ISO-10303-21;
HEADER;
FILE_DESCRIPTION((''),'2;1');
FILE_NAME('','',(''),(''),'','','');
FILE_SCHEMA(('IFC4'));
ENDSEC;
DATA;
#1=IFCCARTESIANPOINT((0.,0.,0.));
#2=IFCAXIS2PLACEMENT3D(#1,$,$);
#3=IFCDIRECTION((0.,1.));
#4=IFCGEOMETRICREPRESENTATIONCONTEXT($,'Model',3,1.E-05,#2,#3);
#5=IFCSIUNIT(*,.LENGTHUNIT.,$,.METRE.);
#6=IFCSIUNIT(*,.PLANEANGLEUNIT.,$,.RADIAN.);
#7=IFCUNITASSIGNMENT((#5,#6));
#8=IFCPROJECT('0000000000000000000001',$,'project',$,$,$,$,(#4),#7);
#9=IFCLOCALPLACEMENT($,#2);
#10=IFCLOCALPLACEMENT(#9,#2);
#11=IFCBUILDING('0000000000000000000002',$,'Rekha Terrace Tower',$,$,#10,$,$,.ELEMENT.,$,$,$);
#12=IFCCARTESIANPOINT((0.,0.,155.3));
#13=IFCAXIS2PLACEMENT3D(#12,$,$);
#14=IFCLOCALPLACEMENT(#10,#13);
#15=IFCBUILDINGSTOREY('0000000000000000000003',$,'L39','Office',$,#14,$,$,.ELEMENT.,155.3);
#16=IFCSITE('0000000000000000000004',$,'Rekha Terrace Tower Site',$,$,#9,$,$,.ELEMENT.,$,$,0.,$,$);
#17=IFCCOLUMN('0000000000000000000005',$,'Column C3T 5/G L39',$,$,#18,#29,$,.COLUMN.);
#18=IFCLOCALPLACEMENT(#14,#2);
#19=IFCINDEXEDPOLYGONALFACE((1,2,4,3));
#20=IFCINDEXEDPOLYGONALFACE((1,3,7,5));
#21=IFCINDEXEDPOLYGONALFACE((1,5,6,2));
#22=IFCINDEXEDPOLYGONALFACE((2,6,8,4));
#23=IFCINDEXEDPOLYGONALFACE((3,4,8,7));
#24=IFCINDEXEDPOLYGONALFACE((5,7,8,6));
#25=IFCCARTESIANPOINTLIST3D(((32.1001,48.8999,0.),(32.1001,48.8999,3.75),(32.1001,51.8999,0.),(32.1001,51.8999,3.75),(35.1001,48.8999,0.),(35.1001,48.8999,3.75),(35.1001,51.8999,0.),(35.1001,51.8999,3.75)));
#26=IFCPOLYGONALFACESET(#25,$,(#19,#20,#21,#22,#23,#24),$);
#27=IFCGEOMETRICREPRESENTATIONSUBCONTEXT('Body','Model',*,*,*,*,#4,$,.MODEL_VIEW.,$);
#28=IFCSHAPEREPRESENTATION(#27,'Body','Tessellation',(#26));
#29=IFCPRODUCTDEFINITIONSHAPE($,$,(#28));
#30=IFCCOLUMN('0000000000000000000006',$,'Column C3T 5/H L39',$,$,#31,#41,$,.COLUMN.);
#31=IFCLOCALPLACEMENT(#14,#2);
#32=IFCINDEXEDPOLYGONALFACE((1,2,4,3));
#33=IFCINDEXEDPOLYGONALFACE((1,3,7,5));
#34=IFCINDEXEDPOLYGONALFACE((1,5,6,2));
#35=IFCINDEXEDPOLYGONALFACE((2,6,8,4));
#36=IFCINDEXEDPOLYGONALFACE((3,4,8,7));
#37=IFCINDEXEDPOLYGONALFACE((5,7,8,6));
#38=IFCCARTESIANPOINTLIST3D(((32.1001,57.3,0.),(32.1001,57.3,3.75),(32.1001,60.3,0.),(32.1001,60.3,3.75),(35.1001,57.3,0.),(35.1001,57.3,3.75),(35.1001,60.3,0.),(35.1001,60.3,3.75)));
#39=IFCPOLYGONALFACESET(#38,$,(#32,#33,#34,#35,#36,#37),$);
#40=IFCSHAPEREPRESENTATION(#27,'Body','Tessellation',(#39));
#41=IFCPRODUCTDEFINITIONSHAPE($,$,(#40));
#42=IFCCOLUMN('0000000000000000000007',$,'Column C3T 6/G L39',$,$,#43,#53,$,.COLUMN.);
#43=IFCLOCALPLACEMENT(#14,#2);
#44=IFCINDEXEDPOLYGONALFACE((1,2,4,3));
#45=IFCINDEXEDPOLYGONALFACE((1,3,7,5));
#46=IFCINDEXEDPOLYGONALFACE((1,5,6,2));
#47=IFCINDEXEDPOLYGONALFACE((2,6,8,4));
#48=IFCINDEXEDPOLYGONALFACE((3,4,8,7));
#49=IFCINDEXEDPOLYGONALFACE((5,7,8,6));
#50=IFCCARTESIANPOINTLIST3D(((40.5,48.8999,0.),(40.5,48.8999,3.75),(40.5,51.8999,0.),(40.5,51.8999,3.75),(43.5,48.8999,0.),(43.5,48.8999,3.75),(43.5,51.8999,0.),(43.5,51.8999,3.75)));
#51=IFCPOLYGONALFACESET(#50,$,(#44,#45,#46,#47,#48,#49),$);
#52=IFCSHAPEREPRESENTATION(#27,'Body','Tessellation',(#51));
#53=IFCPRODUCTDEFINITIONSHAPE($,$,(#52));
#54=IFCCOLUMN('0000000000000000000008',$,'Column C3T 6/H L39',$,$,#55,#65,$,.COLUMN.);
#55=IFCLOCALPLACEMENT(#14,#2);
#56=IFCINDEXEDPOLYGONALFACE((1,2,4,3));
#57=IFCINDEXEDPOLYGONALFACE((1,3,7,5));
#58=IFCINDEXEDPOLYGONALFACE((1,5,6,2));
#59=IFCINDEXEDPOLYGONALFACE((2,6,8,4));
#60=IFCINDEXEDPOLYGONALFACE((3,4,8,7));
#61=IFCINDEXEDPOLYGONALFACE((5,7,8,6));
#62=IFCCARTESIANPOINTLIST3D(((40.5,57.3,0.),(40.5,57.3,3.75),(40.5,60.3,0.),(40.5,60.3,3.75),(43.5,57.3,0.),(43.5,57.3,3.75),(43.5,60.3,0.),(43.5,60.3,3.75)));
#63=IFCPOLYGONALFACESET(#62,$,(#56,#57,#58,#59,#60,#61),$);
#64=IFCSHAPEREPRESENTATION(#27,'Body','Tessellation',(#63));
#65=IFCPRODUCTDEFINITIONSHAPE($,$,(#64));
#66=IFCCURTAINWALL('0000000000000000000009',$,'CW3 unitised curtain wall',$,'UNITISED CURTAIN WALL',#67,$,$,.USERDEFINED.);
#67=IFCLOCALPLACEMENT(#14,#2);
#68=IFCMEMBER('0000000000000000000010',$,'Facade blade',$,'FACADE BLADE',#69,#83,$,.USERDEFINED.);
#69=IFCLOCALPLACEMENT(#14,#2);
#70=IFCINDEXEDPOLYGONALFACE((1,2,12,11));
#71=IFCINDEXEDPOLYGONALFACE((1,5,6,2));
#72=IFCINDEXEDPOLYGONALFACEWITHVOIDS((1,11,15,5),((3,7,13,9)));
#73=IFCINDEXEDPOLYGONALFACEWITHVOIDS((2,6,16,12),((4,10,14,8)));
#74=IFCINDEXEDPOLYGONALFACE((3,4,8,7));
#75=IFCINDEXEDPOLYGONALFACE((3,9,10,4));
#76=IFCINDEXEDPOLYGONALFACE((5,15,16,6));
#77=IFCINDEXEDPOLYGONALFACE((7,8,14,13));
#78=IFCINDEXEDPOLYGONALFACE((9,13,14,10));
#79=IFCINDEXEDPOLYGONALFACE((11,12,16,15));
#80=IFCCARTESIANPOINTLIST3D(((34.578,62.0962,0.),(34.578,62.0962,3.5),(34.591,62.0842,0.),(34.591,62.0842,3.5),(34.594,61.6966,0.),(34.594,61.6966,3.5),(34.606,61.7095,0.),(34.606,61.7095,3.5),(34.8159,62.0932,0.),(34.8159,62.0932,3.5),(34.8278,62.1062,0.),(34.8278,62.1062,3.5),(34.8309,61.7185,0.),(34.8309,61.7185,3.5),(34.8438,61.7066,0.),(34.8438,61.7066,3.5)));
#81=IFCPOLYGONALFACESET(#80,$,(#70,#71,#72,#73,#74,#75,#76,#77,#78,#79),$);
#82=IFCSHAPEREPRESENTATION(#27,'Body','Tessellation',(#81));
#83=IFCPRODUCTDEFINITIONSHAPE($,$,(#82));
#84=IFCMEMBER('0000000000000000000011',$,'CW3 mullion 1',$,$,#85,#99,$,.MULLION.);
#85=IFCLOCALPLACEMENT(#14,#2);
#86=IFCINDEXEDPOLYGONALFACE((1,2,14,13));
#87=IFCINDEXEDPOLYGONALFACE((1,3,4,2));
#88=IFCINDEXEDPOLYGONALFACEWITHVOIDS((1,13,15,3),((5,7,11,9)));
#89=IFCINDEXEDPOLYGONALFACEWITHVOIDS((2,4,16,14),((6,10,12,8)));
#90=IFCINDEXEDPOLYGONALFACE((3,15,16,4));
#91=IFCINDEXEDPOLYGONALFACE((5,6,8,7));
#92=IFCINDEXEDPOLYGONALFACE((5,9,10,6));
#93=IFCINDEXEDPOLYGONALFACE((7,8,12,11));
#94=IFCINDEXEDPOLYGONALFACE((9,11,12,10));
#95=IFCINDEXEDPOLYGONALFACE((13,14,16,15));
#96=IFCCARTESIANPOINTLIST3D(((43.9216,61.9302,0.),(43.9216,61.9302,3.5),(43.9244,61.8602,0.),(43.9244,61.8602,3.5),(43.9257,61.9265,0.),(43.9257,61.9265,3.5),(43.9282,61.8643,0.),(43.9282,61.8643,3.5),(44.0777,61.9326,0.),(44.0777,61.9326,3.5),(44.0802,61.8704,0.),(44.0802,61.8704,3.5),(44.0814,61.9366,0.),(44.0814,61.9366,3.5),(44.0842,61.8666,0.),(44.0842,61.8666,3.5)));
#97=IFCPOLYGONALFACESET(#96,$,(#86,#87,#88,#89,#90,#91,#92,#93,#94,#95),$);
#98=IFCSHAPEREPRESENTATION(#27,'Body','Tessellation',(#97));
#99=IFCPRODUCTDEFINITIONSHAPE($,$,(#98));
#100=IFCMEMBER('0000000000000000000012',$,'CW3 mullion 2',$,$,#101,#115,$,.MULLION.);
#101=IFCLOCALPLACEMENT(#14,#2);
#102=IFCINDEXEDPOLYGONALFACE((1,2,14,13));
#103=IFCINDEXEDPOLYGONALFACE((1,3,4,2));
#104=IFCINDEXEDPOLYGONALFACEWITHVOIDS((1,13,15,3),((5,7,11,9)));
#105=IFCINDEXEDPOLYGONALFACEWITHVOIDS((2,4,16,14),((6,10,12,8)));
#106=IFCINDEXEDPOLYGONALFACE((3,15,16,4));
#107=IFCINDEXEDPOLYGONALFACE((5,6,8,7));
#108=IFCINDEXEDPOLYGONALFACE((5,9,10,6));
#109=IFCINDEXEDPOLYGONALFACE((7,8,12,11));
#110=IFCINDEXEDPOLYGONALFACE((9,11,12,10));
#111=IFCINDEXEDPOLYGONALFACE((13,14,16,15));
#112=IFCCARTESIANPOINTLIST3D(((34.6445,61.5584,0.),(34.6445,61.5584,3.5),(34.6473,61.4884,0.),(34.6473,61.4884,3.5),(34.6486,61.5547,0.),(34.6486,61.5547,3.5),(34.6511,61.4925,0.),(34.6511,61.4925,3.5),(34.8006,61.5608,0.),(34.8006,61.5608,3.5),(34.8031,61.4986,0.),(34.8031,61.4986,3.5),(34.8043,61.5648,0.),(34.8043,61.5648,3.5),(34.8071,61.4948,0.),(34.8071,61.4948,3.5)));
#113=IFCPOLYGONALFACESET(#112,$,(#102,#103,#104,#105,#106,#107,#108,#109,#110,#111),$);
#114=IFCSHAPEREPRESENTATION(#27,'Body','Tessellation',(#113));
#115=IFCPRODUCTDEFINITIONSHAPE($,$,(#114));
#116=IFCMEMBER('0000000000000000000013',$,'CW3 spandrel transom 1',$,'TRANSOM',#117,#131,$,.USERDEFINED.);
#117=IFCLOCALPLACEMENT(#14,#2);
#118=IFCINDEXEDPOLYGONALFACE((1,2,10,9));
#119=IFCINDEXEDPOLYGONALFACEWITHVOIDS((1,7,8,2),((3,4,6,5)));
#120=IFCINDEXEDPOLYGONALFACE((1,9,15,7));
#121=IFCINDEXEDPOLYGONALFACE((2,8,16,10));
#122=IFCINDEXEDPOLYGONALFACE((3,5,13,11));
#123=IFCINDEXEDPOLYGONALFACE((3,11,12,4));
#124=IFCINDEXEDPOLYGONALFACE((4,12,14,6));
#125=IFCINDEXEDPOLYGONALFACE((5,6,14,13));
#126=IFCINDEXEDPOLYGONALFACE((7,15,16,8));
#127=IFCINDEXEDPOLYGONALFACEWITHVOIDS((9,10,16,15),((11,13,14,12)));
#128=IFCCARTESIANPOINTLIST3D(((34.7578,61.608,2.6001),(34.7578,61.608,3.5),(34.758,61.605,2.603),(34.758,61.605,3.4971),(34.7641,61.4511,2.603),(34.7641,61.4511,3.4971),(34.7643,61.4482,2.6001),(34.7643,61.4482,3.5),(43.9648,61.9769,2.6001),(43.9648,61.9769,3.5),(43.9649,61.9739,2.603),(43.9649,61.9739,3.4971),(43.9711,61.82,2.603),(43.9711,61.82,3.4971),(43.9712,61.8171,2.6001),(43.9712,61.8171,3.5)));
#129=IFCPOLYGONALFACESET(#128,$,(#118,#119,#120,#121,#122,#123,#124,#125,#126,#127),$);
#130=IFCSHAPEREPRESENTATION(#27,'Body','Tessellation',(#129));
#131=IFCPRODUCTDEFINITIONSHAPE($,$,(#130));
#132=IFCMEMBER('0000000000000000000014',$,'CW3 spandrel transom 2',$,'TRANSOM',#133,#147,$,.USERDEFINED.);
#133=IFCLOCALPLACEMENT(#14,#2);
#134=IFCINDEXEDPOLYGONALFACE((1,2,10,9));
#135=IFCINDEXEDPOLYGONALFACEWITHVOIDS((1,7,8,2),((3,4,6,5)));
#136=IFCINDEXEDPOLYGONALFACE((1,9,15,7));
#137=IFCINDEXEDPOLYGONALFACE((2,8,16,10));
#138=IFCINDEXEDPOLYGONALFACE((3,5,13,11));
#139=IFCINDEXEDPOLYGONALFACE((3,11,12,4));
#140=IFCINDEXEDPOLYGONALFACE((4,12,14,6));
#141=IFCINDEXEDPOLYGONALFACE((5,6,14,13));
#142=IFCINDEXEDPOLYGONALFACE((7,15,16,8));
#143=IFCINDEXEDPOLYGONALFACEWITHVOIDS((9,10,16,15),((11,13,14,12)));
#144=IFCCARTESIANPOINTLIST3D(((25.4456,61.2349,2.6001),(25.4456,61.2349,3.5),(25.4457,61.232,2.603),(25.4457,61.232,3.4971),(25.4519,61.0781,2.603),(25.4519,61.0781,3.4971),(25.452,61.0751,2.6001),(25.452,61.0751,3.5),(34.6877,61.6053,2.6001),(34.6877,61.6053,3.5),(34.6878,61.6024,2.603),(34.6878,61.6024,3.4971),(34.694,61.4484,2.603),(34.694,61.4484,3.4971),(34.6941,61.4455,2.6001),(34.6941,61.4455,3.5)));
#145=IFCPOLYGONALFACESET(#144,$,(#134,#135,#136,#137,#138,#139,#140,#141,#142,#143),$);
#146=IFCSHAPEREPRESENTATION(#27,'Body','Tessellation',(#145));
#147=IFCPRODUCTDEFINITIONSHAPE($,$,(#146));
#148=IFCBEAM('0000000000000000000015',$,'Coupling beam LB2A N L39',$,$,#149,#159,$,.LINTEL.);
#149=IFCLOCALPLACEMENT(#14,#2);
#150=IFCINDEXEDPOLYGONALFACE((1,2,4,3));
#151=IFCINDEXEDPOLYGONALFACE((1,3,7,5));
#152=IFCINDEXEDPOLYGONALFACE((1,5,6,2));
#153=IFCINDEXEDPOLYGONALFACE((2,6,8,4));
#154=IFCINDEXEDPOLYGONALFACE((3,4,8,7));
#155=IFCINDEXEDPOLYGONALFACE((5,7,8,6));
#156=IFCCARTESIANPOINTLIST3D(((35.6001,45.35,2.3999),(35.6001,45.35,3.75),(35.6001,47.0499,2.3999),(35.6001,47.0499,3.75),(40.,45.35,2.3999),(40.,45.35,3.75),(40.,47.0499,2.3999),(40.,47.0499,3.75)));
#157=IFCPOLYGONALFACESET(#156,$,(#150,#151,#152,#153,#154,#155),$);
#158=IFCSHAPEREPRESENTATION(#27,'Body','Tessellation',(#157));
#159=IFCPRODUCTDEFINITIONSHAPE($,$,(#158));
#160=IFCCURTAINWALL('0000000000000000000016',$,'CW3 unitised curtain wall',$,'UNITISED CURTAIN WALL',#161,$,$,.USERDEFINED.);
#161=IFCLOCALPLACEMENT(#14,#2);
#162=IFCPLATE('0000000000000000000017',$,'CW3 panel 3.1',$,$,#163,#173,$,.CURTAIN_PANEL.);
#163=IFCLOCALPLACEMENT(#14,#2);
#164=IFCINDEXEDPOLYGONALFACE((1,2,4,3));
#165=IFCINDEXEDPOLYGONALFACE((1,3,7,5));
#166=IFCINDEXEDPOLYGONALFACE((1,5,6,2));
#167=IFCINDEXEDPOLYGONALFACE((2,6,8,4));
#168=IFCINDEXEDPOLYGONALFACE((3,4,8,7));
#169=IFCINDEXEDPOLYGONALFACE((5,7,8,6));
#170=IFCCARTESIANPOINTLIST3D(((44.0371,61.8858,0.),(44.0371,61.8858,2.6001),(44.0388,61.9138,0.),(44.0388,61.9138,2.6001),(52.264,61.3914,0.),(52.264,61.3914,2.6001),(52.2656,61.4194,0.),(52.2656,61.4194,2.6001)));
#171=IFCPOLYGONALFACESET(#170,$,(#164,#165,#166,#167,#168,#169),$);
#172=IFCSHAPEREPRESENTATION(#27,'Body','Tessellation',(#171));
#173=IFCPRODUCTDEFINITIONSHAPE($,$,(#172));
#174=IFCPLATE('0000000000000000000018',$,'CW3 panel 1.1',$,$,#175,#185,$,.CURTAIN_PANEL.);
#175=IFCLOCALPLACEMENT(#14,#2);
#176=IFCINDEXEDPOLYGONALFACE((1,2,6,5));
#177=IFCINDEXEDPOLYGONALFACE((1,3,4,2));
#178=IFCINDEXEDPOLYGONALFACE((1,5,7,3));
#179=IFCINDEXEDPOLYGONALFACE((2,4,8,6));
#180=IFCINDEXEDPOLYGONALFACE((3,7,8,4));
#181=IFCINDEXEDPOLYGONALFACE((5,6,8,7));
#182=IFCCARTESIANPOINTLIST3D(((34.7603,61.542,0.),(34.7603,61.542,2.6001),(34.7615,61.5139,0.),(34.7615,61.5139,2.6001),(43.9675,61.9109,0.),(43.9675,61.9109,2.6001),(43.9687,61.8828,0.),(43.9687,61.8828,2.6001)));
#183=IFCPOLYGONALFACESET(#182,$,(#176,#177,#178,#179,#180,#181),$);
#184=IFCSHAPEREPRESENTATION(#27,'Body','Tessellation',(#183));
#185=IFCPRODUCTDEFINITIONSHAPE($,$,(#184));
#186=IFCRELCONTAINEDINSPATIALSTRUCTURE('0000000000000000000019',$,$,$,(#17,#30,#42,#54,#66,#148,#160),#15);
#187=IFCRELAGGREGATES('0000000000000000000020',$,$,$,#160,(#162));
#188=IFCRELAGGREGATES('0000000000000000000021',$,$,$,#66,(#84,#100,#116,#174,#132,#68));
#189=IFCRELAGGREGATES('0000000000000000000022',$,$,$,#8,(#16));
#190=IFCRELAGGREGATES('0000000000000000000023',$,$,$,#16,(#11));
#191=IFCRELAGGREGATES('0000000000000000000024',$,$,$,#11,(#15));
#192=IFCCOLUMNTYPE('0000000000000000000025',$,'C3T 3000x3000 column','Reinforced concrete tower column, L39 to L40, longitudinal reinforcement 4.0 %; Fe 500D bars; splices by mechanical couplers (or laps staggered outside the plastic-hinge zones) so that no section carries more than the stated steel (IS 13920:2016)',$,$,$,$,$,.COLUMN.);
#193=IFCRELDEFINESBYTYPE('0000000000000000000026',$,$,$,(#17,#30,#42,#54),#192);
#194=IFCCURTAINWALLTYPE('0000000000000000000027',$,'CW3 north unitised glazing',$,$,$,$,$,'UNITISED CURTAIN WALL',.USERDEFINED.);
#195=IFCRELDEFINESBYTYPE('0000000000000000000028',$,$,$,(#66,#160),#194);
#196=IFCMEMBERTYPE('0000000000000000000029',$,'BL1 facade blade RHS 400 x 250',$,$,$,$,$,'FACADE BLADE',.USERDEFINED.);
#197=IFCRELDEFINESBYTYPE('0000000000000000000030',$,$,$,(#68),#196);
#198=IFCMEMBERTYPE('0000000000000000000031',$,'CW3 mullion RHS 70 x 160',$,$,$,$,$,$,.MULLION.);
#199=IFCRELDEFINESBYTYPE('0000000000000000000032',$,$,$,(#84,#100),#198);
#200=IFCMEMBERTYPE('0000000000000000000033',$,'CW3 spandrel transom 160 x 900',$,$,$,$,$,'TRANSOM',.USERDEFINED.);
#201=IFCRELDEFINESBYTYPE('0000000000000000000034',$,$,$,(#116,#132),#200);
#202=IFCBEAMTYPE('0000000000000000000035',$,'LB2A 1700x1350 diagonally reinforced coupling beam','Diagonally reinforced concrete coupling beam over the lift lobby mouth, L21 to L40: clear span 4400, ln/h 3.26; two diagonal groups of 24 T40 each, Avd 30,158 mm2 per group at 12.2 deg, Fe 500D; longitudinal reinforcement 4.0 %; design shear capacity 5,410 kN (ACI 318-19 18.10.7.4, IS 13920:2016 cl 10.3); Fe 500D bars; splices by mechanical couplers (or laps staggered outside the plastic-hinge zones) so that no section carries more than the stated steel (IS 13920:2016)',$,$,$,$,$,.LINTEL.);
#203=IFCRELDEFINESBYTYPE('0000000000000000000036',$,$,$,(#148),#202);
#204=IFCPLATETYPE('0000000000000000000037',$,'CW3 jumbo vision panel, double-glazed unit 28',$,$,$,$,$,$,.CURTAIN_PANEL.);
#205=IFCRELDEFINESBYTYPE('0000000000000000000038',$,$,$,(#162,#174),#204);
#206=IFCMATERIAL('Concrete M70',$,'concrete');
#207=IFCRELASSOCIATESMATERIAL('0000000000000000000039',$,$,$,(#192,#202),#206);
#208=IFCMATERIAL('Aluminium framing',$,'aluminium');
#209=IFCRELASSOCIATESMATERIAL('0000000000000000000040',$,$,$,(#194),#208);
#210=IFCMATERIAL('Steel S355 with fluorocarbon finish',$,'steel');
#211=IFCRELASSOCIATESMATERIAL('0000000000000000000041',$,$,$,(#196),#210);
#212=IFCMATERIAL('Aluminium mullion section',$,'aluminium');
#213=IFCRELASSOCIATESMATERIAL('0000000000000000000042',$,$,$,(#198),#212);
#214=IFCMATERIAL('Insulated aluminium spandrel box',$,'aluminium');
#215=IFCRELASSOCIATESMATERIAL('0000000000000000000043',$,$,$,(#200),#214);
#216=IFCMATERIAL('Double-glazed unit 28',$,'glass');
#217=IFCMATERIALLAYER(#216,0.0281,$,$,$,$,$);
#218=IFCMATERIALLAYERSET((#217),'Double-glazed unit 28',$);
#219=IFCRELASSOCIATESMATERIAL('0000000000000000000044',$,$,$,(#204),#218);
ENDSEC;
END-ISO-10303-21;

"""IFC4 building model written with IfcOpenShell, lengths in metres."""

from ifc_helpers import new_model, si_unit, direction, frame, origin, origin_2d, place, context, subcontext, project, spatial, rectangle, hollow_rectangle, extrude, material, layer, layer_set, material_profile, profile_set, type_object, element, aggregate, save


model = new_model("IFC4")

# Units and contexts
model_context = context("Model", 3, precision=1e-05, world=origin(), true_north=direction((0.0, 1.0)))
body_context = subcontext(model_context, "Body", "Model", "MODEL_VIEW")
ifc_project = project(units=[si_unit("LENGTHUNIT", "METRE"), si_unit("PLANEANGLEUNIT", "RADIAN")], contexts=[model_context])

# Site, building, storey
site_placement = place(None, origin())
site = spatial("IfcSite", under=ifc_project, at=site_placement, Name="Rekha Terrace Tower Site", CompositionType="ELEMENT", RefElevation=0.0)
building_placement = place(site_placement, origin())
building = spatial("IfcBuilding", under=site, at=building_placement, Name="Rekha Terrace Tower", CompositionType="ELEMENT")
storey_placement = place(building_placement, frame((0.0, 0.0, 155.3)))
storey = spatial("IfcBuildingStorey", under=building, at=storey_placement, Name="L39", Description="Office", CompositionType="ELEMENT", Elevation=155.3)

# Columns
ifc_material_1 = material(Name="Concrete M70", Category="concrete")
ifc_material_profile_1 = material_profile(ifc_material_1, rectangle(XDim=3.0, YDim=3.0, at=origin_2d()), Name="RC 3000x3000")
ifc_profile_set_1 = profile_set([ifc_material_profile_1], Name="Concrete M70")
column_type = type_object("IfcColumnType", Name="C3T 3000x3000 column", Description="Reinforced concrete tower column, L39 to L40, longitudinal reinforcement 4.0 %; Fe 500D bars; splices by mechanical couplers (or laps staggered outside the plastic-hinge zones) so that no section carries more than the stated steel (IS 13920:2016)", PredefinedType="COLUMN", material=ifc_profile_set_1)
for number, where, z_axis, x_axis, name in (
    (1, (33.6001, 50.3999, 0.0), (0.0, 0.0, 1.0), (1.0, 0.0, 0.0), "Column C3T 5/G L39"),
    (2, (33.6001, 58.8, 0.0), (0.0, 0.0, 1.0), (1.0, 0.0, 0.0), "Column C3T 5/H L39"),
    (3, (42.0, 50.3999, 0.0), (0.0, 0.0, 1.0), (1.0, 0.0, 0.0), "Column C3T 6/G L39"),
    (4, (42.0, 58.8, 0.0), (0.0, 0.0, 1.0), (1.0, 0.0, 0.0), "Column C3T 6/H L39"),
):
    element("IfcColumn", number, at=place(storey_placement, frame(where, z_axis=z_axis, x_axis=x_axis)), inside=storey, type_object=column_type, Name=name, PredefinedType="COLUMN", context=body_context, shape_type="SweptSolid", body=[
        extrude(rectangle(XDim=3.0, YDim=3.0, at=origin_2d()), origin(), (0.0, 0.0, 1.0), 3.75),
    ])

# Curtain wall, members
ifc_material_2 = material(Name="Aluminium framing", Category="aluminium")
curtain_wall_type = type_object("IfcCurtainWallType", Name="CW3 north unitised glazing", ElementType="UNITISED CURTAIN WALL", PredefinedType="USERDEFINED", material=ifc_material_2)
curtain_wall_1_placement = place(storey_placement, origin())
curtain_wall_1 = element("IfcCurtainWall", 5, at=curtain_wall_1_placement, inside=storey, type_object=curtain_wall_type, Name="CW3 unitised curtain wall", ObjectType="UNITISED CURTAIN WALL", PredefinedType="USERDEFINED")
ifc_material_3 = material(Name="Steel S355 with fluorocarbon finish", Category="steel")
ifc_material_profile_2 = material_profile(ifc_material_3, hollow_rectangle(XDim=0.25, YDim=0.3999, WallThickness=0.0125, at=origin_2d()), Name="RHS400x250x12.5")
ifc_profile_set_2 = profile_set([ifc_material_profile_2], Name="Steel S355 with fluorocarbon finish")
member_type_1 = type_object("IfcMemberType", Name="BL1 facade blade RHS 400 x 250", ElementType="FACADE BLADE", PredefinedType="USERDEFINED", material=ifc_profile_set_2)
member_1_placement = place(storey_placement, frame((34.7109, 61.9014, 0.0), z_axis=(0.0, 0.0, 1.0), x_axis=(-0.999198, -0.040032, 0.0)))
member_1 = element("IfcMember", 6, at=member_1_placement, type_object=member_type_1, Name="Facade blade", ObjectType="FACADE BLADE", PredefinedType="USERDEFINED", context=body_context, shape_type="SweptSolid", body=[
    extrude(hollow_rectangle(XDim=0.25, YDim=0.3999, WallThickness=0.0125, at=origin_2d()), origin(), (0.0, 0.0, 1.0), 3.5),
])
ifc_material_4 = material(Name="Aluminium mullion section", Category="aluminium")
ifc_material_profile_3 = material_profile(ifc_material_4, hollow_rectangle(XDim=0.0701, YDim=0.1599, WallThickness=0.0039, at=origin_2d()), Name="AL RHS 70x160")
ifc_profile_set_3 = profile_set([ifc_material_profile_3], Name="Aluminium mullion section")
member_type_2 = type_object("IfcMemberType", Name="CW3 mullion RHS 70 x 160", PredefinedType="MULLION", material=ifc_profile_set_3)
member_2_placement = place(storey_placement, frame((44.0029, 61.8984, 0.0), z_axis=(0.0, 0.0, 1.0), x_axis=(0.040032, -0.999198, 0.0)))
member_2 = element("IfcMember", 7, at=member_2_placement, type_object=member_type_2, Name="CW3 mullion 1", PredefinedType="MULLION", context=body_context, shape_type="SweptSolid", body=[
    extrude(hollow_rectangle(XDim=0.0701, YDim=0.1599, WallThickness=0.0039, at=origin_2d()), origin(), (0.0, 0.0, 1.0), 3.5),
])
member_3_placement = place(storey_placement, frame((34.7258, 61.5266, 0.0), z_axis=(0.0, 0.0, 1.0), x_axis=(0.040032, -0.999198, 0.0)))
member_3 = element("IfcMember", 8, at=member_3_placement, type_object=member_type_2, Name="CW3 mullion 2", PredefinedType="MULLION", context=body_context, shape_type="SweptSolid", body=[
    extrude(hollow_rectangle(XDim=0.0701, YDim=0.1599, WallThickness=0.0039, at=origin_2d()), origin(), (0.0, 0.0, 1.0), 3.5),
])
ifc_material_5 = material(Name="Insulated aluminium spandrel box", Category="aluminium")
ifc_material_profile_4 = material_profile(ifc_material_5, hollow_rectangle(XDim=0.1599, YDim=0.8999, WallThickness=0.0029, at=origin_2d()), Name="AL SPANDREL BOX 160x900")
ifc_profile_set_4 = profile_set([ifc_material_profile_4], Name="Insulated aluminium spandrel box")
member_type_3 = type_object("IfcMemberType", Name="CW3 spandrel transom 160 x 900", ElementType="TRANSOM", PredefinedType="USERDEFINED", material=ifc_profile_set_4)
member_4_placement = place(storey_placement, frame((43.968, 61.897, 3.05), z_axis=(-0.999198, -0.040035, 0.0), x_axis=(0.040035, -0.999198, 0.0)))
member_4 = element("IfcMember", 9, at=member_4_placement, type_object=member_type_3, Name="CW3 spandrel transom 1", ObjectType="TRANSOM", PredefinedType="USERDEFINED", context=body_context, shape_type="SweptSolid", body=[
    extrude(hollow_rectangle(XDim=0.1599, YDim=0.8999, WallThickness=0.0029, at=origin_2d()), origin(), (0.0, 0.0, 1.0), 9.2144),
])
member_5_placement = place(storey_placement, frame((34.6909, 61.5254, 3.05), z_axis=(-0.999198, -0.040041, 0.0), x_axis=(0.040041, -0.999198, 0.0)))
member_5 = element("IfcMember", 10, at=member_5_placement, type_object=member_type_3, Name="CW3 spandrel transom 2", ObjectType="TRANSOM", PredefinedType="USERDEFINED", context=body_context, shape_type="SweptSolid", body=[
    extrude(hollow_rectangle(XDim=0.1599, YDim=0.8999, WallThickness=0.0029, at=origin_2d()), origin(), (0.0, 0.0, 1.0), 9.2495),
])

# Beam
ifc_material_profile_5 = material_profile(ifc_material_1, rectangle(XDim=1.7, YDim=1.3501, at=origin_2d()), Name="RC 1700x1350")
ifc_profile_set_5 = profile_set([ifc_material_profile_5], Name="Concrete M70")
beam_type = type_object("IfcBeamType", Name="LB2A 1700x1350 diagonally reinforced coupling beam", Description="Diagonally reinforced concrete coupling beam over the lift lobby mouth, L21 to L40: clear span 4400, ln/h 3.26; two diagonal groups of 24 T40 each, Avd 30,158 mm2 per group at 12.2 deg, Fe 500D; longitudinal reinforcement 4.0 %; design shear capacity 5,410 kN (ACI 318-19 18.10.7.4, IS 13920:2016 cl 10.3); Fe 500D bars; splices by mechanical couplers (or laps staggered outside the plastic-hinge zones) so that no section carries more than the stated steel (IS 13920:2016)", PredefinedType="LINTEL", material=ifc_profile_set_5)
beam_placement = place(storey_placement, frame((35.6001, 46.2, 3.075), z_axis=(1.0, 0.0, 0.0), x_axis=(0.0, 1.0, 0.0)))
element("IfcBeam", 11, at=beam_placement, inside=storey, type_object=beam_type, Name="Coupling beam LB2A N L39", PredefinedType="LINTEL", context=body_context, shape_type="SweptSolid", body=[
    extrude(rectangle(XDim=1.7, YDim=1.3501, at=origin_2d()), origin(), (0.0, 0.0, 1.0), 4.3999),
])

# Curtain wall, plate
curtain_wall_2_placement = place(storey_placement, origin())
curtain_wall_2 = element("IfcCurtainWall", 12, at=curtain_wall_2_placement, inside=storey, type_object=curtain_wall_type, Name="CW3 unitised curtain wall", ObjectType="UNITISED CURTAIN WALL", PredefinedType="USERDEFINED")
ifc_material_6 = material(Name="Double-glazed unit 28", Category="glass")
ifc_layer_1 = layer(ifc_material_6, 0.0281)
ifc_layer_set_1 = layer_set([ifc_layer_1], Name="Double-glazed unit 28")
plate_type = type_object("IfcPlateType", Name="CW3 jumbo vision panel, double-glazed unit 28", PredefinedType="CURTAIN_PANEL", material=ifc_layer_set_1)
plate_1_placement = place(storey_placement, frame((48.1514, 61.6526, 0.0), z_axis=(0.0, 0.0, 1.0), x_axis=(-0.998199, 0.059988, 0.0)))
plate_1 = element("IfcPlate", 13, at=plate_1_placement, type_object=plate_type, Name="CW3 panel 3.1", PredefinedType="CURTAIN_PANEL", context=body_context, shape_type="SweptSolid", body=[
    extrude(rectangle(XDim=8.2417, YDim=0.0281, at=origin_2d()), origin(), (0.0, 0.0, 1.0), 2.6001),
])
aggregate(curtain_wall_2, [plate_1])

# Plate
plate_2_placement = place(storey_placement, frame((39.3645, 61.7124, 0.0), z_axis=(0.0, 0.0, 1.0), x_axis=(-0.999198, -0.040032, 0.0)))
plate_2 = element("IfcPlate", 14, at=plate_2_placement, type_object=plate_type, Name="CW3 panel 1.1", PredefinedType="CURTAIN_PANEL", context=body_context, shape_type="SweptSolid", body=[
    extrude(rectangle(XDim=9.2146, YDim=0.0281, at=origin_2d()), origin(), (0.0, 0.0, 1.0), 2.6001),
])
aggregate(curtain_wall_1, [member_2, member_3, member_4, plate_2, member_5, member_1])

save(model, "model.ifc")
